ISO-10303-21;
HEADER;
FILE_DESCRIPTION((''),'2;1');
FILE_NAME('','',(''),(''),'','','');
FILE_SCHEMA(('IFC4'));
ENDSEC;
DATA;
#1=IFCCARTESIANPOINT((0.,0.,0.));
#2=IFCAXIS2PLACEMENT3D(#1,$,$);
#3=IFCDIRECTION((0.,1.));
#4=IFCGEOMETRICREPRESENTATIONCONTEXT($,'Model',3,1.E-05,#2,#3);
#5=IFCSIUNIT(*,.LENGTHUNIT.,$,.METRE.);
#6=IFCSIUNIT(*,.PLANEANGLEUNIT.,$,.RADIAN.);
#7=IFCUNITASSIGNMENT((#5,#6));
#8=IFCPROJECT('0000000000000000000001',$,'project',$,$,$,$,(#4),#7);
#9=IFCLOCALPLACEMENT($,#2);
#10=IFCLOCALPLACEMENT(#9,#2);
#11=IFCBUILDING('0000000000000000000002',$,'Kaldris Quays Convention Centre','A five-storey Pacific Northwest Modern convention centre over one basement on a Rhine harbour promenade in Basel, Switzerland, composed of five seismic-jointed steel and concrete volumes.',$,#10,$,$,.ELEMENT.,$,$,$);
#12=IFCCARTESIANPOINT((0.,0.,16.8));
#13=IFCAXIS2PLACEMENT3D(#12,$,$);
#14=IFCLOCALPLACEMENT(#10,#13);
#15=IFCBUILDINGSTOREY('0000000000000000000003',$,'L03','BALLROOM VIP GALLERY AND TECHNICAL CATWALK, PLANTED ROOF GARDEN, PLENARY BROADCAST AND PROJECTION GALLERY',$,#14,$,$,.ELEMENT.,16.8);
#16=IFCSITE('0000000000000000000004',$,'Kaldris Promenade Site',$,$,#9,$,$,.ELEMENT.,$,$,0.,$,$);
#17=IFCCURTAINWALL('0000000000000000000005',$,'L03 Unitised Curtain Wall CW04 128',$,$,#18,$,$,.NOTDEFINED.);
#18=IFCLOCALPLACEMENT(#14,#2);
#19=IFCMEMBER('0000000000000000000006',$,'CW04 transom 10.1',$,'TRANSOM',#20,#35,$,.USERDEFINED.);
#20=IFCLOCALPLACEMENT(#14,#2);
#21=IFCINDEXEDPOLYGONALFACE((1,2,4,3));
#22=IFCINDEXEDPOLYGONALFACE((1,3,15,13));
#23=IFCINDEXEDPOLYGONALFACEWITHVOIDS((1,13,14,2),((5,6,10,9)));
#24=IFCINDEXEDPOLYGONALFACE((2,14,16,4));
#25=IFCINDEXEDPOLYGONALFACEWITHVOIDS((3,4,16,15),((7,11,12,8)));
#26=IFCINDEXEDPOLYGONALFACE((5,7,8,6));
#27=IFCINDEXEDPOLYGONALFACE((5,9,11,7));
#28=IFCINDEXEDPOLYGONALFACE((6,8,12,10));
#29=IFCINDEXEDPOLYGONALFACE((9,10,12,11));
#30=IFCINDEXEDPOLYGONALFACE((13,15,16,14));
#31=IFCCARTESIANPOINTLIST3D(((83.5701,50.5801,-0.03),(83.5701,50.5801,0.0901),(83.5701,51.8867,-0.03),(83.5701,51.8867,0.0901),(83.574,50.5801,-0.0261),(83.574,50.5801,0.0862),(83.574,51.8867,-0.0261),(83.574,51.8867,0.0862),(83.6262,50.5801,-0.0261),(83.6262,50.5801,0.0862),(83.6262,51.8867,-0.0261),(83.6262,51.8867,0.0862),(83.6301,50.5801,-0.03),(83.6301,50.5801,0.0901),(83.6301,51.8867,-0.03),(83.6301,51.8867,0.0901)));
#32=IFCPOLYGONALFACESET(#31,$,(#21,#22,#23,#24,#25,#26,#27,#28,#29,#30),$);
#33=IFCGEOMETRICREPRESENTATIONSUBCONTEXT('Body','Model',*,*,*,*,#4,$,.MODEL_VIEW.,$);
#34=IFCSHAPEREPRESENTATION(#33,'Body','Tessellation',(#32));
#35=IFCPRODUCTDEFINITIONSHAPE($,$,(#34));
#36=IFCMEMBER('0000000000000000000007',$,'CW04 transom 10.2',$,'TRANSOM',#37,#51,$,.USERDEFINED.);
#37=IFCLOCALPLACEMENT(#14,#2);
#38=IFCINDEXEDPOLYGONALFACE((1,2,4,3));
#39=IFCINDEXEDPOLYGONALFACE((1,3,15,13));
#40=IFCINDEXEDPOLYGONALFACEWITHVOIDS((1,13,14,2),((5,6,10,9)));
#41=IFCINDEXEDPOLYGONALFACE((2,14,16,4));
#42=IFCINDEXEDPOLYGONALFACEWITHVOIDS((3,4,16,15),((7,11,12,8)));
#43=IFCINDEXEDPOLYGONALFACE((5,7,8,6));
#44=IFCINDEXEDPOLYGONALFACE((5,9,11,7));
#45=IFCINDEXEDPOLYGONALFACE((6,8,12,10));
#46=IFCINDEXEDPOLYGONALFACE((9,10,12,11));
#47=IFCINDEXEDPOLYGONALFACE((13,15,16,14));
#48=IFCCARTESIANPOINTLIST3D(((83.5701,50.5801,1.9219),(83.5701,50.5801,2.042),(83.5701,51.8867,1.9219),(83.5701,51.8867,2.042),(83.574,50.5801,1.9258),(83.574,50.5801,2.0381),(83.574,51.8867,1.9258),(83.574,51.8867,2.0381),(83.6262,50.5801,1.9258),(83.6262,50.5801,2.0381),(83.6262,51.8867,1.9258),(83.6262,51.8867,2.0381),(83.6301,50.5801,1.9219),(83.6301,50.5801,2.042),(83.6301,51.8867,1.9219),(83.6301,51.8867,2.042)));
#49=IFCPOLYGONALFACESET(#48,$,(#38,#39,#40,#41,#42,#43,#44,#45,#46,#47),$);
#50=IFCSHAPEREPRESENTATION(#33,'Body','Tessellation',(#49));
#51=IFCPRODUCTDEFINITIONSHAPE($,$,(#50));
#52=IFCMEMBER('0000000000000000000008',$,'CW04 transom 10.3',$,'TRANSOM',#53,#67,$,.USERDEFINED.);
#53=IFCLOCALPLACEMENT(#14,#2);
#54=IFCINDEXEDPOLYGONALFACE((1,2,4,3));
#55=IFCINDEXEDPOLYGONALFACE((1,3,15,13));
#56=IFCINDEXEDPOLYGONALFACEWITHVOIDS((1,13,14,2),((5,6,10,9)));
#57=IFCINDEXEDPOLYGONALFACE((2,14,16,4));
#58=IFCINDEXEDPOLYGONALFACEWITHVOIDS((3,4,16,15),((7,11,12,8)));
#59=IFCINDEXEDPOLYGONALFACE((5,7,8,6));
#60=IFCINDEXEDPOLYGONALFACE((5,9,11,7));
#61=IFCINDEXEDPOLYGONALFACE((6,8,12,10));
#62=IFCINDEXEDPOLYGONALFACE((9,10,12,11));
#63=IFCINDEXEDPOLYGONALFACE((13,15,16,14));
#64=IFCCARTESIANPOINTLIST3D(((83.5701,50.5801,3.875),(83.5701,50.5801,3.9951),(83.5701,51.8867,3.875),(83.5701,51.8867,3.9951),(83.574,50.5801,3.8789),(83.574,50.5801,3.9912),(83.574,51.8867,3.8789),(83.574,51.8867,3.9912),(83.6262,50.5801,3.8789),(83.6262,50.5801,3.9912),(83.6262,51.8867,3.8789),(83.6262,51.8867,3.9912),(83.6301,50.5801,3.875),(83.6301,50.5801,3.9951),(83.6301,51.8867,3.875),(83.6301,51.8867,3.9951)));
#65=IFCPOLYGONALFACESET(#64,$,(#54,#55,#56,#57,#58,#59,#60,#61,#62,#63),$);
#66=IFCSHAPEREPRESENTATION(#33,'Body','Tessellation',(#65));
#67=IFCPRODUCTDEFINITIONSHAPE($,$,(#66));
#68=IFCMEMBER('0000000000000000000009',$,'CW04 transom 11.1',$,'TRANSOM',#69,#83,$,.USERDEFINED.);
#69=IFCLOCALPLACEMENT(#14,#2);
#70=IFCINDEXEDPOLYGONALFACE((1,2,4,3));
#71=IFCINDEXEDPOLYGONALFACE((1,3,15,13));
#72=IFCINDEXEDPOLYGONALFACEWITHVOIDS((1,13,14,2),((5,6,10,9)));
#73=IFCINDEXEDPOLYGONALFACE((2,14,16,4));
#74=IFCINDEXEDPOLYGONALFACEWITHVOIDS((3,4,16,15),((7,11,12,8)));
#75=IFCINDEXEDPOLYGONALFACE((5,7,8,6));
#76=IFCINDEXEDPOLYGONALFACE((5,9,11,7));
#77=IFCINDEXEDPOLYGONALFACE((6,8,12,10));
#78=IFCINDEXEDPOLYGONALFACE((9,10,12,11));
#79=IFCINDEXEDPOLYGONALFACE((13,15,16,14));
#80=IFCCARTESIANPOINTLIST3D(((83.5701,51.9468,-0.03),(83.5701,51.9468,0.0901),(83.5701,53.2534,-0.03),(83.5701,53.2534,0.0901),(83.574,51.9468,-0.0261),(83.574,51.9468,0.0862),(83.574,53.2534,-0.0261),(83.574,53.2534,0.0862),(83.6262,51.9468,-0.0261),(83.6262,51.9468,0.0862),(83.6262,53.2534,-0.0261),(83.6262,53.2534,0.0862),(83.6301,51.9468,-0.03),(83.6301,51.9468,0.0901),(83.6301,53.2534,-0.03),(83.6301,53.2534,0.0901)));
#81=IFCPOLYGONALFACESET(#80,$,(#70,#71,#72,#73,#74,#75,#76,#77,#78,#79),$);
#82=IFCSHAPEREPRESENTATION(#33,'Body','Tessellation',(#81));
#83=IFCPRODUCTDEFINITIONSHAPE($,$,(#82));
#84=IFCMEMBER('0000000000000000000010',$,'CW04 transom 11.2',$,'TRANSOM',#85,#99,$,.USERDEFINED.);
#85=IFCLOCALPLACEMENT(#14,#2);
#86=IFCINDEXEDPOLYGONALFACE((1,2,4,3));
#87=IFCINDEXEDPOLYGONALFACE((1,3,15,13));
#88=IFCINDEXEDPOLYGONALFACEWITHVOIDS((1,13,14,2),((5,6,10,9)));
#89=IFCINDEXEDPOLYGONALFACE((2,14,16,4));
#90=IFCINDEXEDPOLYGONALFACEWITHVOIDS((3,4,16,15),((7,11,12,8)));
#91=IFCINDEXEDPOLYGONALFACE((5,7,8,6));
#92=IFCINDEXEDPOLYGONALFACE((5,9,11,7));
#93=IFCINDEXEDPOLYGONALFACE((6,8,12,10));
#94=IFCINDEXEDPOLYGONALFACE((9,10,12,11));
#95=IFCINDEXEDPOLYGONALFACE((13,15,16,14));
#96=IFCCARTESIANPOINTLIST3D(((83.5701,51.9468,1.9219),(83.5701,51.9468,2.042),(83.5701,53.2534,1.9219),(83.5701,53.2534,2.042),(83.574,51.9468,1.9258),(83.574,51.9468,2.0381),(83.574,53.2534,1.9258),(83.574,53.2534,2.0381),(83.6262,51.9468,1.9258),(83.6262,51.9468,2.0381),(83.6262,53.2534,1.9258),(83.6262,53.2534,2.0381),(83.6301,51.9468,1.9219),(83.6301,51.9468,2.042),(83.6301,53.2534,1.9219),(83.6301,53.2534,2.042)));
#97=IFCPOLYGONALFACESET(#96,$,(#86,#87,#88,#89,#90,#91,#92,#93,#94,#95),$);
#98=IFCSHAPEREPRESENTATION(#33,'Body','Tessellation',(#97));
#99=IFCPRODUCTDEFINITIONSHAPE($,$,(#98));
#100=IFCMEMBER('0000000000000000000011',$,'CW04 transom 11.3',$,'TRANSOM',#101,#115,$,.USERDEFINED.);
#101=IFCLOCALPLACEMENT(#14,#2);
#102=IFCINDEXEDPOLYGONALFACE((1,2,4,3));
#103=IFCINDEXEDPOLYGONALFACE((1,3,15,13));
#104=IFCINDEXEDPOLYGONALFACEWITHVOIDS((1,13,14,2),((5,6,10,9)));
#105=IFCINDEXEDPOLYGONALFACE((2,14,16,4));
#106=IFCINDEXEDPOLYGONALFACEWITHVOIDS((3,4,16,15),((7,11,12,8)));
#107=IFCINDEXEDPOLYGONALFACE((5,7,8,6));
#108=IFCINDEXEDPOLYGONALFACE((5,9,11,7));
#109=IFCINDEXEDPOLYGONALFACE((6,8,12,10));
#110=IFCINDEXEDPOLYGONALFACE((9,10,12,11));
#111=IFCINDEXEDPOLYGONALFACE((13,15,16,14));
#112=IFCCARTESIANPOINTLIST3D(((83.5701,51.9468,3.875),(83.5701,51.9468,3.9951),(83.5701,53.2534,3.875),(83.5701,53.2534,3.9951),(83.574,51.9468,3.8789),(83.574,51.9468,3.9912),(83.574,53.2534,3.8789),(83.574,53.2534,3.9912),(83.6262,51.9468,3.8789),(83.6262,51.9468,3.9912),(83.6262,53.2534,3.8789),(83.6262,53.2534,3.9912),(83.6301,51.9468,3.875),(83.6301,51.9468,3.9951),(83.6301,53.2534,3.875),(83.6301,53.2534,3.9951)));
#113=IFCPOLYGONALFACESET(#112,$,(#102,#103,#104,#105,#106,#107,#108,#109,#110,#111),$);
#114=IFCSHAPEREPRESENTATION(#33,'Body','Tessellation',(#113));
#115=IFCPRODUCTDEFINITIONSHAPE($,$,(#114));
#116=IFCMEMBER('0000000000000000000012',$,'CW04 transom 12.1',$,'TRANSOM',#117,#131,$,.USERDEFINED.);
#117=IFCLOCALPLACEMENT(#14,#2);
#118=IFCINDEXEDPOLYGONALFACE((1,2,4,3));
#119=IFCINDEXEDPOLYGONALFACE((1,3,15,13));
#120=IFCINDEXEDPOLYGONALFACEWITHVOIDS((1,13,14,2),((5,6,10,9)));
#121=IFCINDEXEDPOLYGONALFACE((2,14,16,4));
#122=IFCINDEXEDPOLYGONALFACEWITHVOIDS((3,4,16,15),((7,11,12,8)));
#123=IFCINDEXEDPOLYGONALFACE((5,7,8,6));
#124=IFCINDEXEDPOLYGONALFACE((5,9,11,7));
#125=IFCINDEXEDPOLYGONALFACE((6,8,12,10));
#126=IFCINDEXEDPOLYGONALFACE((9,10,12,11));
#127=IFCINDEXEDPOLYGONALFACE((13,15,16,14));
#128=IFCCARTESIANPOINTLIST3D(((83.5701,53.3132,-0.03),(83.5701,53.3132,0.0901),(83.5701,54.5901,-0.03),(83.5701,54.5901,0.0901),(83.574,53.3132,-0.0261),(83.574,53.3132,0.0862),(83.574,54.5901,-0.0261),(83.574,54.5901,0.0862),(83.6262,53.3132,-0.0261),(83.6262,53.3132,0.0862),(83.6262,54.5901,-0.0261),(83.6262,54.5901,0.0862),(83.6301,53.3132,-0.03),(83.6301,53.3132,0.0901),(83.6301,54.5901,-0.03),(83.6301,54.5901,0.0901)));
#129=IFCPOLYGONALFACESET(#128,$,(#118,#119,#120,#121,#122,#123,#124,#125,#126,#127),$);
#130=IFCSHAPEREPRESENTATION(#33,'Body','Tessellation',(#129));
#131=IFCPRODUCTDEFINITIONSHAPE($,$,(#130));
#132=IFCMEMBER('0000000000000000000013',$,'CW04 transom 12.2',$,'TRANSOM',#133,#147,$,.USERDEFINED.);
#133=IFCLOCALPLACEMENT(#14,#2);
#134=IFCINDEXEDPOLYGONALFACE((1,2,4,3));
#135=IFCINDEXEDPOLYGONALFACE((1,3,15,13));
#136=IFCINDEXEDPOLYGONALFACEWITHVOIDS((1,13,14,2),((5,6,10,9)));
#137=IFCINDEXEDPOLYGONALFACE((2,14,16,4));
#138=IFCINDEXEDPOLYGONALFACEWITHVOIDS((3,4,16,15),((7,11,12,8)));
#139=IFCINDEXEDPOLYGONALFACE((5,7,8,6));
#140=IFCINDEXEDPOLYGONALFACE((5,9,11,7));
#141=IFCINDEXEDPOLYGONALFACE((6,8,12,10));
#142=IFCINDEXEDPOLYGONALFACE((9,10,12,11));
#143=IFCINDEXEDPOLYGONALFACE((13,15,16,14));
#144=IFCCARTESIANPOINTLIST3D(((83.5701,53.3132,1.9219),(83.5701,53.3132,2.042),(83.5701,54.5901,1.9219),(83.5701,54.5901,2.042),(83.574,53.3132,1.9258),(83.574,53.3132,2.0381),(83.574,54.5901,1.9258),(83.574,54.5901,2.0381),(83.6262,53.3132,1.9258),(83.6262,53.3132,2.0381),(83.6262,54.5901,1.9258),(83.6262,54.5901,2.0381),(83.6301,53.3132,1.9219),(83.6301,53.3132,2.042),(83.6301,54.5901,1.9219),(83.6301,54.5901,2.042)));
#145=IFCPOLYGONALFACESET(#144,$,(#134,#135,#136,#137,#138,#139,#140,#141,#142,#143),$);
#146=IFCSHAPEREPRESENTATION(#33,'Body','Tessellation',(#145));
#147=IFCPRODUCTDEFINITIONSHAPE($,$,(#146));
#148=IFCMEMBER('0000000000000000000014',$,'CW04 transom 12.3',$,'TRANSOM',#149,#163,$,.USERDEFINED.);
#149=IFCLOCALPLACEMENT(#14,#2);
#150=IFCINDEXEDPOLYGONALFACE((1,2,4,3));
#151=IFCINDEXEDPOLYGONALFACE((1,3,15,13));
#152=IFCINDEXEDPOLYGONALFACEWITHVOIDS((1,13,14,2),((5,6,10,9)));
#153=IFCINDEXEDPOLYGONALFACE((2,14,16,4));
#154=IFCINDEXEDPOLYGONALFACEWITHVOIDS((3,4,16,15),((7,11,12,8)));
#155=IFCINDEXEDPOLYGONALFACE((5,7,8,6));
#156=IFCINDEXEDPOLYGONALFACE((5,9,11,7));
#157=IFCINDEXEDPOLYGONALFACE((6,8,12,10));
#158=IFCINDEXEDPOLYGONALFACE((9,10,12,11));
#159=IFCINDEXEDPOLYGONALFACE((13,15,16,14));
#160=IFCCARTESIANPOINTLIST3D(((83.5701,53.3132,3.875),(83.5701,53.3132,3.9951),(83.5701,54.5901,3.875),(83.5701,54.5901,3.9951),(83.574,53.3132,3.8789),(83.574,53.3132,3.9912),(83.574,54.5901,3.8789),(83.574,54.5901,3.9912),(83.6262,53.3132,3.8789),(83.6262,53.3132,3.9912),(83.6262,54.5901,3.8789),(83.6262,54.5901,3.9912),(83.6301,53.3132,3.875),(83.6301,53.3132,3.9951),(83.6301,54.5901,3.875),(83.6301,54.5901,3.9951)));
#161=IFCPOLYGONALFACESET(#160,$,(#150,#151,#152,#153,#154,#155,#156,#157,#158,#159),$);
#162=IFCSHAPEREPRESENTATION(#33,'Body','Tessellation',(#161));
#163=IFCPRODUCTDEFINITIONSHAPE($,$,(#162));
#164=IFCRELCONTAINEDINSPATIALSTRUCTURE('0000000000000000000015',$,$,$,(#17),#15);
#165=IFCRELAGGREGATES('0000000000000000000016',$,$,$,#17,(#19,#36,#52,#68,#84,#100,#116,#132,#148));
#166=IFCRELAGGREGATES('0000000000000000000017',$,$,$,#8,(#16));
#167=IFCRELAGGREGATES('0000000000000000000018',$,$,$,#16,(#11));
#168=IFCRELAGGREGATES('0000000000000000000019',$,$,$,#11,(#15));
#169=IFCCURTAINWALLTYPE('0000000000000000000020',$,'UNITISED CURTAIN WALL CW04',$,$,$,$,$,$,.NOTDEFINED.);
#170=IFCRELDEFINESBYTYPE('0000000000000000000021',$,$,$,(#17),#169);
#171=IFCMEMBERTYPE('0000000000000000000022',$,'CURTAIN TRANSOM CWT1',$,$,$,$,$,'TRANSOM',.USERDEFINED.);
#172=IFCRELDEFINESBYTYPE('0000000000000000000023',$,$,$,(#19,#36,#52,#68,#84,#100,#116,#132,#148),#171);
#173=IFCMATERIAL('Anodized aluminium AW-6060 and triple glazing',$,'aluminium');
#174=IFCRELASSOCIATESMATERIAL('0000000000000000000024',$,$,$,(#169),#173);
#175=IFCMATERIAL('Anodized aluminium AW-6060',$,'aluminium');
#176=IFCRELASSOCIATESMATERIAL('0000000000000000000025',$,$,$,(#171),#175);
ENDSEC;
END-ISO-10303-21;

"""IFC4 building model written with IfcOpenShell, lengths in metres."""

from ifc_helpers import new_model, si_unit, direction, frame, origin, origin_2d, place, context, subcontext, project, spatial, hollow_rectangle, extrude, material, material_profile, profile_set, type_object, element, aggregate, save


model = new_model("IFC4")

# Units and contexts
model_context = context("Model", 3, precision=1e-05, world=origin(), true_north=direction((0.0, 1.0)))
body_context = subcontext(model_context, "Body", "Model", "MODEL_VIEW")
ifc_project = project(units=[si_unit("LENGTHUNIT", "METRE"), si_unit("PLANEANGLEUNIT", "RADIAN")], contexts=[model_context])

# Site, building, storey
site_placement = place(None, origin())
site = spatial("IfcSite", under=ifc_project, at=site_placement, Name="Kaldris Promenade Site", CompositionType="ELEMENT", RefElevation=0.0)
building_placement = place(site_placement, origin())
building = spatial("IfcBuilding", under=site, at=building_placement, Name="Kaldris Quays Convention Centre", Description="A five-storey Pacific Northwest Modern convention centre over one basement on a Rhine harbour promenade in Basel, Switzerland, composed of five seismic-jointed steel and concrete volumes.", CompositionType="ELEMENT")
storey_placement = place(building_placement, frame((0.0, 0.0, 16.8)))
storey = spatial("IfcBuildingStorey", under=building, at=storey_placement, Name="L03", Description="BALLROOM VIP GALLERY AND TECHNICAL CATWALK, PLANTED ROOF GARDEN, PLENARY BROADCAST AND PROJECTION GALLERY", CompositionType="ELEMENT", Elevation=16.8)

# Curtain wall, members
ifc_material_1 = material(Name="Anodized aluminium AW-6060 and triple glazing", Category="aluminium")
curtain_wall_type = type_object("IfcCurtainWallType", Name="UNITISED CURTAIN WALL CW04", PredefinedType="NOTDEFINED", material=ifc_material_1)
curtain_wall_placement = place(storey_placement, origin())
curtain_wall = element("IfcCurtainWall", 1, at=curtain_wall_placement, inside=storey, type_object=curtain_wall_type, Name="L03 Unitised Curtain Wall CW04 128", PredefinedType="NOTDEFINED")
ifc_material_2 = material(Name="Anodized aluminium AW-6060", Category="aluminium")
ifc_material_profile_1 = material_profile(ifc_material_2, hollow_rectangle(XDim=0.0601, YDim=0.1201, WallThickness=0.0039, at=origin_2d()), Name="RHS 120x60x4")
ifc_profile_set_1 = profile_set([ifc_material_profile_1], Name="Anodized aluminium AW-6060")
member_type_1 = type_object("IfcMemberType", Name="CURTAIN TRANSOM CWT1", ElementType="TRANSOM", PredefinedType="USERDEFINED", material=ifc_profile_set_1)
member_1_placement = place(storey_placement, frame((83.6001, 50.5801, 0.03), z_axis=(0.0, 1.0, 0.0), x_axis=(-1.0, 0.0, 0.0)))
member_1 = element("IfcMember", 2, at=member_1_placement, type_object=member_type_1, Name="CW04 transom 10.1", ObjectType="TRANSOM", PredefinedType="USERDEFINED", context=body_context, shape_type="SweptSolid", body=[
    extrude(hollow_rectangle(XDim=0.0601, YDim=0.1201, WallThickness=0.0039, at=origin_2d()), origin(), (0.0, 0.0, 1.0), 1.3066),
])
member_2_placement = place(storey_placement, frame((83.6001, 50.5801, 1.9819), z_axis=(0.0, 1.0, 0.0), x_axis=(-1.0, 0.0, 0.0)))
member_2 = element("IfcMember", 3, at=member_2_placement, type_object=member_type_1, Name="CW04 transom 10.2", ObjectType="TRANSOM", PredefinedType="USERDEFINED", context=body_context, shape_type="SweptSolid", body=[
    extrude(hollow_rectangle(XDim=0.0601, YDim=0.1201, WallThickness=0.0039, at=origin_2d()), origin(), (0.0, 0.0, 1.0), 1.3066),
])
member_3_placement = place(storey_placement, frame((83.6001, 50.5801, 3.9351), z_axis=(0.0, 1.0, 0.0), x_axis=(-1.0, 0.0, 0.0)))
member_3 = element("IfcMember", 4, at=member_3_placement, type_object=member_type_1, Name="CW04 transom 10.3", ObjectType="TRANSOM", PredefinedType="USERDEFINED", context=body_context, shape_type="SweptSolid", body=[
    extrude(hollow_rectangle(XDim=0.0601, YDim=0.1201, WallThickness=0.0039, at=origin_2d()), origin(), (0.0, 0.0, 1.0), 1.3066),
])
member_4_placement = place(storey_placement, frame((83.6001, 51.9468, 0.03), z_axis=(0.0, 1.0, 0.0), x_axis=(-1.0, 0.0, 0.0)))
member_4 = element("IfcMember", 5, at=member_4_placement, type_object=member_type_1, Name="CW04 transom 11.1", ObjectType="TRANSOM", PredefinedType="USERDEFINED", context=body_context, shape_type="SweptSolid", body=[
    extrude(hollow_rectangle(XDim=0.0601, YDim=0.1201, WallThickness=0.0039, at=origin_2d()), origin(), (0.0, 0.0, 1.0), 1.3066),
])
member_5_placement = place(storey_placement, frame((83.6001, 51.9468, 1.9819), z_axis=(0.0, 1.0, 0.0), x_axis=(-1.0, 0.0, 0.0)))
member_5 = element("IfcMember", 6, at=member_5_placement, type_object=member_type_1, Name="CW04 transom 11.2", ObjectType="TRANSOM", PredefinedType="USERDEFINED", context=body_context, shape_type="SweptSolid", body=[
    extrude(hollow_rectangle(XDim=0.0601, YDim=0.1201, WallThickness=0.0039, at=origin_2d()), origin(), (0.0, 0.0, 1.0), 1.3066),
])
member_6_placement = place(storey_placement, frame((83.6001, 51.9468, 3.9351), z_axis=(0.0, 1.0, 0.0), x_axis=(-1.0, 0.0, 0.0)))
member_6 = element("IfcMember", 7, at=member_6_placement, type_object=member_type_1, Name="CW04 transom 11.3", ObjectType="TRANSOM", PredefinedType="USERDEFINED", context=body_context, shape_type="SweptSolid", body=[
    extrude(hollow_rectangle(XDim=0.0601, YDim=0.1201, WallThickness=0.0039, at=origin_2d()), origin(), (0.0, 0.0, 1.0), 1.3066),
])
member_7_placement = place(storey_placement, frame((83.6001, 53.3132, 0.03), z_axis=(0.0, 1.0, 0.0), x_axis=(-1.0, 0.0, 0.0)))
member_7 = element("IfcMember", 8, at=member_7_placement, type_object=member_type_1, Name="CW04 transom 12.1", ObjectType="TRANSOM", PredefinedType="USERDEFINED", context=body_context, shape_type="SweptSolid", body=[
    extrude(hollow_rectangle(XDim=0.0601, YDim=0.1201, WallThickness=0.0039, at=origin_2d()), origin(), (0.0, 0.0, 1.0), 1.2769),
])
member_8_placement = place(storey_placement, frame((83.6001, 53.3132, 1.9819), z_axis=(0.0, 1.0, 0.0), x_axis=(-1.0, 0.0, 0.0)))
member_8 = element("IfcMember", 9, at=member_8_placement, type_object=member_type_1, Name="CW04 transom 12.2", ObjectType="TRANSOM", PredefinedType="USERDEFINED", context=body_context, shape_type="SweptSolid", body=[
    extrude(hollow_rectangle(XDim=0.0601, YDim=0.1201, WallThickness=0.0039, at=origin_2d()), origin(), (0.0, 0.0, 1.0), 1.2769),
])
member_9_placement = place(storey_placement, frame((83.6001, 53.3132, 3.9351), z_axis=(0.0, 1.0, 0.0), x_axis=(-1.0, 0.0, 0.0)))
member_9 = element("IfcMember", 10, at=member_9_placement, type_object=member_type_1, Name="CW04 transom 12.3", ObjectType="TRANSOM", PredefinedType="USERDEFINED", context=body_context, shape_type="SweptSolid", body=[
    extrude(hollow_rectangle(XDim=0.0601, YDim=0.1201, WallThickness=0.0039, at=origin_2d()), origin(), (0.0, 0.0, 1.0), 1.2769),
])

aggregate(curtain_wall, [member_1, member_2, member_3, member_4, member_5, member_6, member_7, member_8, member_9])

save(model, "model.ifc")
